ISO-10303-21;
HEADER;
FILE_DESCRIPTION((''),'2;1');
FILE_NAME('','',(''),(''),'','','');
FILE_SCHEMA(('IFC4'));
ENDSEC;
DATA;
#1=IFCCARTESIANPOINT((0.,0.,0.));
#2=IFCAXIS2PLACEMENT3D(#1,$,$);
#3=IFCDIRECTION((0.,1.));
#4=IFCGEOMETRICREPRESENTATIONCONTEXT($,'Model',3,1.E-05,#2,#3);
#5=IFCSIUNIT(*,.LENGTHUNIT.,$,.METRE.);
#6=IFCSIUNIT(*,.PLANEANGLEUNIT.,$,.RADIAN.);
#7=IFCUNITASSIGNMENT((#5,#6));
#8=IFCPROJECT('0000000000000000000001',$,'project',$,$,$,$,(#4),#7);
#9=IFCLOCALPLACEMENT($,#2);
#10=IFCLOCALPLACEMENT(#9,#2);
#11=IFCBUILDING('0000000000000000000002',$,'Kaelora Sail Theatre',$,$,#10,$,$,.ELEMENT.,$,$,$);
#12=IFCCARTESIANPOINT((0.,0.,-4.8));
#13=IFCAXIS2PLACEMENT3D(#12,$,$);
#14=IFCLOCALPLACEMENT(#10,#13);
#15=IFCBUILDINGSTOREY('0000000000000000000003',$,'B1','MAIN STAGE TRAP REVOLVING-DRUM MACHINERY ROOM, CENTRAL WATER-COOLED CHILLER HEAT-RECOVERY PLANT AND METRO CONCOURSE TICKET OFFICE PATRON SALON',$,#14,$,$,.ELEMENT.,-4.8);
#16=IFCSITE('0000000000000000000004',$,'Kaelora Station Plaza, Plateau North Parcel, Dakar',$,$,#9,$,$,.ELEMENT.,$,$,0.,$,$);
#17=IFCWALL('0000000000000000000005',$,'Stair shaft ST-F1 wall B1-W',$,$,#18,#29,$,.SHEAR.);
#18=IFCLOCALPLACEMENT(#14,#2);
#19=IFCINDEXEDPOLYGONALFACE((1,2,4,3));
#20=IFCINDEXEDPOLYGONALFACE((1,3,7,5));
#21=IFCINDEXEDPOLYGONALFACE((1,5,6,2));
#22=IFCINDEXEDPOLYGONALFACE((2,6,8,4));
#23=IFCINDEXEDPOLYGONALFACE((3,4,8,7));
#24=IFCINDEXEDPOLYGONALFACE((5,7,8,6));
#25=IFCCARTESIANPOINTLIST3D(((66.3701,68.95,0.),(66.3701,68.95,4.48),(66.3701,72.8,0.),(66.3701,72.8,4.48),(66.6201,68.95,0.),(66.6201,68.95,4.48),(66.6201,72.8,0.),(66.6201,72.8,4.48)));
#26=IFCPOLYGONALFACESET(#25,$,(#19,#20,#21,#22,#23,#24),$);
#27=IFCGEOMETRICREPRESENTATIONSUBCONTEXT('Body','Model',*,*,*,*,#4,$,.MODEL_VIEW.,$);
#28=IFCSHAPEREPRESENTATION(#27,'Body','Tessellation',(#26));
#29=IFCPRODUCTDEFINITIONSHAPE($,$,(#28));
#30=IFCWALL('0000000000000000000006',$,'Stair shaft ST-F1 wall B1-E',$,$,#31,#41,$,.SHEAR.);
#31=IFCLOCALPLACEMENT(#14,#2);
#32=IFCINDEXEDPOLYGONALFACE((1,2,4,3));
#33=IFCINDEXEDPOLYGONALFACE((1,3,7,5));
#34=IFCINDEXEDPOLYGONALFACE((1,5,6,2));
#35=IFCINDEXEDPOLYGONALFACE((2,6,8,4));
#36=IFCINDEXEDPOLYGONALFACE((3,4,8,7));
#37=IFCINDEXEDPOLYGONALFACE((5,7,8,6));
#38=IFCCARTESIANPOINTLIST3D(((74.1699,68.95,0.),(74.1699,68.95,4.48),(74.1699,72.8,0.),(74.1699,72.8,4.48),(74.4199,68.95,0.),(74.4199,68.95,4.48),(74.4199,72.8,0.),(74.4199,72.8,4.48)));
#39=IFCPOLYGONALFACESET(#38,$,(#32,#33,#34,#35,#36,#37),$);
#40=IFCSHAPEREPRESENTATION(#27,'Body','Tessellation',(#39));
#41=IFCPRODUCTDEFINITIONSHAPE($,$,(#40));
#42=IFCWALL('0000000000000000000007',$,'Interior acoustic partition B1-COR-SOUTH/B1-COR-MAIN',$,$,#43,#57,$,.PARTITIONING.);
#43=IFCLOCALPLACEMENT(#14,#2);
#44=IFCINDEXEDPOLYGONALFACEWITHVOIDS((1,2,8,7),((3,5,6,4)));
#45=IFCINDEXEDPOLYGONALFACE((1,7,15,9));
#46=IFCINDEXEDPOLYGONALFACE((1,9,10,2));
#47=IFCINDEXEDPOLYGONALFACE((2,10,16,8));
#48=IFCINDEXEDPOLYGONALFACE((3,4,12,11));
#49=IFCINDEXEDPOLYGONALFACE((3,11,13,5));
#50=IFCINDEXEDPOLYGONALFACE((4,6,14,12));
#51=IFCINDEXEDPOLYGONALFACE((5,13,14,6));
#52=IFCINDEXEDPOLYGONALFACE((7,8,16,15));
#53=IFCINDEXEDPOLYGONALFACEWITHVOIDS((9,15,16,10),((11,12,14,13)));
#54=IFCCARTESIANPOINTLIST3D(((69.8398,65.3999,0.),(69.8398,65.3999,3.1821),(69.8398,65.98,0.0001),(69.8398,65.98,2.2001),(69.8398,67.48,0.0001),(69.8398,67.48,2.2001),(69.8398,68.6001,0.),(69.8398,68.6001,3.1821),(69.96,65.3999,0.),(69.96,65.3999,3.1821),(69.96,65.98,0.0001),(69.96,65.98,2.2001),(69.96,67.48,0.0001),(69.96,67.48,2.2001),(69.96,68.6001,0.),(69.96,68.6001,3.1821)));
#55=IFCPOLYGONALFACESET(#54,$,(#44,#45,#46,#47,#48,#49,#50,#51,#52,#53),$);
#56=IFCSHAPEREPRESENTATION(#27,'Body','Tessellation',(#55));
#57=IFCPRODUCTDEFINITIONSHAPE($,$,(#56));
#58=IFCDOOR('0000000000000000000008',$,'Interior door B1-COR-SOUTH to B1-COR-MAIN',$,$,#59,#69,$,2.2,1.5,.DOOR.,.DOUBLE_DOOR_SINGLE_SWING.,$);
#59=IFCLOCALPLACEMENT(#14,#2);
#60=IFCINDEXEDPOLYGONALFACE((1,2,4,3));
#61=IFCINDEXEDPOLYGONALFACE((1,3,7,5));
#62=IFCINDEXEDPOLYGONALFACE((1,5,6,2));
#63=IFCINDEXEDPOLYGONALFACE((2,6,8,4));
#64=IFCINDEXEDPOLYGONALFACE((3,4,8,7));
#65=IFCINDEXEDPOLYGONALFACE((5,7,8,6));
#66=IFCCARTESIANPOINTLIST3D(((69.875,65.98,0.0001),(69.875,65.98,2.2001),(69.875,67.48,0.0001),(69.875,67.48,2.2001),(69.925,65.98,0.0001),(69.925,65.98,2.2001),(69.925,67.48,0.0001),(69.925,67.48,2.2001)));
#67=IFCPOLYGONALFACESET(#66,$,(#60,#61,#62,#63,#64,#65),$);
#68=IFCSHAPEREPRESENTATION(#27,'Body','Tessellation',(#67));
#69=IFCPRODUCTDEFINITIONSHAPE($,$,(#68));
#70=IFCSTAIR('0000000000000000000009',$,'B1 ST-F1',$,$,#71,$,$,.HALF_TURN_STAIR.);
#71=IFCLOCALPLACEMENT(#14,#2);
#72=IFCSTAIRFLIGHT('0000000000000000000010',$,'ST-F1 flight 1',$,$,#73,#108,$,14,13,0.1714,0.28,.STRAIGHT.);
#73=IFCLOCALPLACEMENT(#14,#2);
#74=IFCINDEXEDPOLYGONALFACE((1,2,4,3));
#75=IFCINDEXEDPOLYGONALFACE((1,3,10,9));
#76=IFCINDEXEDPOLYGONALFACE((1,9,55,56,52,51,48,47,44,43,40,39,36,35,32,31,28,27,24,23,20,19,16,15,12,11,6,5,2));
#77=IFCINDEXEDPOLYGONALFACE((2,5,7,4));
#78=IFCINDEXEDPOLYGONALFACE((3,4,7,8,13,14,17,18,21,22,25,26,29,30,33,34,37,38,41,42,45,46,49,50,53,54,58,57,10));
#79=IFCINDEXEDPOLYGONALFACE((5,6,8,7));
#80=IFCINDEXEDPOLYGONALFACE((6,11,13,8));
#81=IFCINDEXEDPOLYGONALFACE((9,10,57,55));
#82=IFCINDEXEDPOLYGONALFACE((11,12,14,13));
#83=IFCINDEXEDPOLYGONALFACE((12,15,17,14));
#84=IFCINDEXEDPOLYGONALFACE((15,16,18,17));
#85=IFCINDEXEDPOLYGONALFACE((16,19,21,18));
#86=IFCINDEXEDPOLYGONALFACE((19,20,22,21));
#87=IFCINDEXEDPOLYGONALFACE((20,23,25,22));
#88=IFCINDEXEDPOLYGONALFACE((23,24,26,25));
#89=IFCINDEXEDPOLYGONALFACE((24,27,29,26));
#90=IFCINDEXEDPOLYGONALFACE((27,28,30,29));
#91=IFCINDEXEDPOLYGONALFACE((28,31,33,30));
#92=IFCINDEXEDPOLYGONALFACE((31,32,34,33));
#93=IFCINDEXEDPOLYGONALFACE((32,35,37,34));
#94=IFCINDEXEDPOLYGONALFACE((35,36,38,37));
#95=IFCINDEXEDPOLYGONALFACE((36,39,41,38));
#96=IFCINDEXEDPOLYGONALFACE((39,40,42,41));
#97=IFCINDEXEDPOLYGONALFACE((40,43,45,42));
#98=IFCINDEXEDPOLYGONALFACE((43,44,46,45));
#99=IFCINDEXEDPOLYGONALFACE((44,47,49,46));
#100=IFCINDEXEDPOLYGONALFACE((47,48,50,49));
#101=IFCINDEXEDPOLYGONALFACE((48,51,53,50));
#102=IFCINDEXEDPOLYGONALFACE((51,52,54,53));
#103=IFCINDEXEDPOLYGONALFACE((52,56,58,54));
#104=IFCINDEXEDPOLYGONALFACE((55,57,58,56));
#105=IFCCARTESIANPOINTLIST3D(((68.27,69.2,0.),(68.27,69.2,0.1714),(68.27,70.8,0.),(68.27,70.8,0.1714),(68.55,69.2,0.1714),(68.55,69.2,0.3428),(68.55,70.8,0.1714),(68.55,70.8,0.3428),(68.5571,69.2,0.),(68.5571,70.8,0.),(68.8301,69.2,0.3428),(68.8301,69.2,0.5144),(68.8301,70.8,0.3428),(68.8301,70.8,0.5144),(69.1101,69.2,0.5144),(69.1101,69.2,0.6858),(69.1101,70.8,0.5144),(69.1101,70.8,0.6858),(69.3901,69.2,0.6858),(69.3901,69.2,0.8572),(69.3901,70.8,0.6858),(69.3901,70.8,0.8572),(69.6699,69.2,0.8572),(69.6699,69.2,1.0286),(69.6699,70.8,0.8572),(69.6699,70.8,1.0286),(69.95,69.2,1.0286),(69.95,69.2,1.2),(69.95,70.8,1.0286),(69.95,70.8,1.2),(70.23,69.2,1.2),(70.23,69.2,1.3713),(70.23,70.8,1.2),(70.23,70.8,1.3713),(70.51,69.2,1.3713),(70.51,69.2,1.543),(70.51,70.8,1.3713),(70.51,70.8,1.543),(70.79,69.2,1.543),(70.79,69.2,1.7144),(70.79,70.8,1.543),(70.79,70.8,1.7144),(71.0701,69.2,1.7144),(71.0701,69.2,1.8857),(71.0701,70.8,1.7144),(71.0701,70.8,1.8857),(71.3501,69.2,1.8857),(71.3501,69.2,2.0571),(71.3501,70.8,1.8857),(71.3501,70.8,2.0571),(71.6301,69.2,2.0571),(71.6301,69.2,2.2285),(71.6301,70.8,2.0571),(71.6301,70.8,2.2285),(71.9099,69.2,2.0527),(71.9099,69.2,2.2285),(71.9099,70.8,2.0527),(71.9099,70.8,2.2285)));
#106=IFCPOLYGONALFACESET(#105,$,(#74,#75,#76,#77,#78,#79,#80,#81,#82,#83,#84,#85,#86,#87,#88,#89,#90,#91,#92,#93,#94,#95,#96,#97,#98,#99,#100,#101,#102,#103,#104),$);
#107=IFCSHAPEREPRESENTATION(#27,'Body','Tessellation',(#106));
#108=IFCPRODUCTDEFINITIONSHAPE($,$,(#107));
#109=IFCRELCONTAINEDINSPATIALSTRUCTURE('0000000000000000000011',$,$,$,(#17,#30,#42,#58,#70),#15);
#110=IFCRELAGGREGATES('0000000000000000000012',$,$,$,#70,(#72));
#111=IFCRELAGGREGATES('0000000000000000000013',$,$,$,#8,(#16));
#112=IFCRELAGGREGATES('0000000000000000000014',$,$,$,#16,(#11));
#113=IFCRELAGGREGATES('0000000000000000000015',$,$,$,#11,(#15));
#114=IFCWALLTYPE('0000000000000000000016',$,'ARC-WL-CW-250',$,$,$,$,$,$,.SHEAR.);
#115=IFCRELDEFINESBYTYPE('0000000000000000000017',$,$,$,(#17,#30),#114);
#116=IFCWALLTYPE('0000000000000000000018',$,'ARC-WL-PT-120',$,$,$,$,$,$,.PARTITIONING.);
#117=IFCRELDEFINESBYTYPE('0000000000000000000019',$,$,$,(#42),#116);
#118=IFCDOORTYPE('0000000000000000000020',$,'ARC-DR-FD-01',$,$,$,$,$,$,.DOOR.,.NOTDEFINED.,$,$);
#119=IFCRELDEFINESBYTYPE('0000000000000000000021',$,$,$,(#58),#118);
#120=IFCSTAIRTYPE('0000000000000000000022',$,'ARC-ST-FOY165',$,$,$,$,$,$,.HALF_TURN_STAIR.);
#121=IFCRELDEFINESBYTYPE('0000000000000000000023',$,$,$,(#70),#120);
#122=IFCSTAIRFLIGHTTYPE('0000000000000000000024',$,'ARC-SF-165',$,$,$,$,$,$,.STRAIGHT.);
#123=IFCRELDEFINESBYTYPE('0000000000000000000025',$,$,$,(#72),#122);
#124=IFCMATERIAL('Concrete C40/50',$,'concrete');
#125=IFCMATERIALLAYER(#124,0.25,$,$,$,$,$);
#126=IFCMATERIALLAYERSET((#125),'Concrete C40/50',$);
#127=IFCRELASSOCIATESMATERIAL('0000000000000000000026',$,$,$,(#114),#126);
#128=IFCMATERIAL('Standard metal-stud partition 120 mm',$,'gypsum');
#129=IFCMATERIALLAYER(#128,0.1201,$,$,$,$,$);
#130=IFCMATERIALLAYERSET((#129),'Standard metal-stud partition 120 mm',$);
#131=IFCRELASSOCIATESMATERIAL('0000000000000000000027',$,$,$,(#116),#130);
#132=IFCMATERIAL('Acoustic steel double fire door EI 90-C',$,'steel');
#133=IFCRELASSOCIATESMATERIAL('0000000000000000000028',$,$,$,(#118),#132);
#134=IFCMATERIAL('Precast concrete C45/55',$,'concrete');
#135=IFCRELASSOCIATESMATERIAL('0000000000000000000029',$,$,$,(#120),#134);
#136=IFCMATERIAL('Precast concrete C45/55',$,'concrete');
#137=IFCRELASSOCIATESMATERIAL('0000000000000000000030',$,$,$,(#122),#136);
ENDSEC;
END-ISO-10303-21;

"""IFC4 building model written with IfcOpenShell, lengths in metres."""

from ifc_helpers import new_model, si_unit, direction, frame, frame_2d, origin, place, context, subcontext, project, spatial, polyline, rectangle, outline, extrude, material, layer, layer_set, type_object, element, fill, aggregate, save


model = new_model("IFC4")

# Units and contexts
model_context = context("Model", 3, precision=1e-05, world=origin(), true_north=direction((0.0, 1.0)))
body_context = subcontext(model_context, "Body", "Model", "MODEL_VIEW")
ifc_project = project(units=[si_unit("LENGTHUNIT", "METRE"), si_unit("PLANEANGLEUNIT", "RADIAN")], contexts=[model_context])

# Site, building, storey
site_placement = place(None, origin())
site = spatial("IfcSite", under=ifc_project, at=site_placement, Name="Kaelora Station Plaza, Plateau North Parcel, Dakar", CompositionType="ELEMENT", RefElevation=0.0)
building_placement = place(site_placement, origin())
building = spatial("IfcBuilding", under=site, at=building_placement, Name="Kaelora Sail Theatre", CompositionType="ELEMENT")
storey_placement = place(building_placement, frame((0.0, 0.0, -4.8)))
storey = spatial("IfcBuildingStorey", under=building, at=storey_placement, Name="B1", Description="MAIN STAGE TRAP REVOLVING-DRUM MACHINERY ROOM, CENTRAL WATER-COOLED CHILLER HEAT-RECOVERY PLANT AND METRO CONCOURSE TICKET OFFICE PATRON SALON", CompositionType="ELEMENT", Elevation=-4.8)

# Shared definitions
ifc_material_1 = material(Name="Concrete C40/50", Category="concrete")
ifc_layer_1 = layer(ifc_material_1, 0.25)
ifc_layer_set_1 = layer_set([ifc_layer_1], Name="Concrete C40/50")
wall_type_1 = type_object("IfcWallType", Name="ARC-WL-CW-250", PredefinedType="SHEAR", material=ifc_layer_set_1)

# Walls
for number, where, z_axis, x_axis, name in (
    (1, (66.4951, 68.95, 0.0), (0.0, 0.0, 1.0), (0.0, 1.0, 0.0), "Stair shaft ST-F1 wall B1-W"),
    (2, (74.2949, 68.95, 0.0), (0.0, 0.0, 1.0), (0.0, 1.0, 0.0), "Stair shaft ST-F1 wall B1-E"),
):
    element("IfcWall", number, at=place(storey_placement, frame(where, z_axis=z_axis, x_axis=x_axis)), inside=storey, type_object=wall_type_1, Name=name, PredefinedType="SHEAR", context=body_context, shape_type="SweptSolid", body=[
        extrude(rectangle(XDim=3.8501, YDim=0.25, at=frame_2d((1.925, 0.0))), origin(), (0.0, 0.0, 1.0), 4.48),
    ])

# Wall, opening, door
ifc_material_2 = material(Name="Standard metal-stud partition 120 mm", Category="gypsum")
ifc_layer_2 = layer(ifc_material_2, 0.1201)
ifc_layer_set_2 = layer_set([ifc_layer_2], Name="Standard metal-stud partition 120 mm")
wall_type_2 = type_object("IfcWallType", Name="ARC-WL-PT-120", PredefinedType="PARTITIONING", material=ifc_layer_set_2)
wall_1_placement = place(storey_placement, frame((69.8999, 65.3999, 0.0), z_axis=(0.0, 0.0, 1.0), x_axis=(0.0, 1.0, 0.0)))
wall_1 = element("IfcWall", 3, at=wall_1_placement, inside=storey, type_object=wall_type_2, Name="Interior acoustic partition B1-COR-SOUTH/B1-COR-MAIN", PredefinedType="PARTITIONING", context=body_context, shape_type="SweptSolid", body=[
    extrude(rectangle(XDim=3.2002, YDim=0.1201, at=frame_2d((1.6001, 0.0))), origin(), (0.0, 0.0, 1.0), 3.1821),
])
opening_1_placement = place(wall_1_placement, frame((0.5801, 0.0, 0.0)))
opening_1 = element("IfcOpeningElement", 4, at=opening_1_placement, cuts=wall_1, PredefinedType="OPENING", context=body_context, shape_type="SweptSolid", body=[
    extrude(rectangle(XDim=1.5, YDim=2.2, at=frame_2d((0.75, 1.1001))), frame((0.0, 0.0701, 0.0), z_axis=(0.0, -1.0, 0.0), x_axis=(1.0, 0.0, 0.0)), (0.0, 0.0, 1.0), 0.1401),
])
ifc_material_3 = material(Name="Acoustic steel double fire door EI 90-C", Category="steel")
door_type_1 = type_object("IfcDoorType", Name="ARC-DR-FD-01", OperationType="NOTDEFINED", PredefinedType="DOOR", material=ifc_material_3)
door_1_placement = place(opening_1_placement, origin())
door_1 = element("IfcDoor", 5, at=door_1_placement, inside=storey, type_object=door_type_1, Name="Interior door B1-COR-SOUTH to B1-COR-MAIN", OperationType="DOUBLE_DOOR_SINGLE_SWING", OverallHeight=2.2, OverallWidth=1.5, PredefinedType="DOOR", context=body_context, shape_type="SweptSolid", body=[
    extrude(rectangle(XDim=1.5, YDim=2.2, at=frame_2d((0.75, 1.1001))), frame((0.0, 0.0249, 0.0), z_axis=(0.0, -1.0, 0.0), x_axis=(1.0, 0.0, 0.0)), (0.0, 0.0, 1.0), 0.05),
])
fill(opening_1, door_1)

# Stair, stair flight
ifc_material_4 = material(Name="Precast concrete C45/55", Category="concrete")
stair_type = type_object("IfcStairType", Name="ARC-ST-FOY165", PredefinedType="HALF_TURN_STAIR", material=ifc_material_4)
stair_placement = place(storey_placement, origin())
stair = element("IfcStair", 6, at=stair_placement, inside=storey, type_object=stair_type, Name="B1 ST-F1", PredefinedType="HALF_TURN_STAIR")
ifc_material_5 = material(Name="Precast concrete C45/55", Category="concrete")
stair_flight_type = type_object("IfcStairFlightType", Name="ARC-SF-165", PredefinedType="STRAIGHT", material=ifc_material_5)
stair_flight_placement = place(storey_placement, frame((68.27, 70.0, 0.0), z_axis=(0.0, 0.0, 1.0), x_axis=(1.0, 0.0, 0.0)))
stair_flight = element("IfcStairFlight", 7, at=stair_flight_placement, type_object=stair_flight_type, Name="ST-F1 flight 1", NumberOfRisers=14, NumberOfTreads=13, PredefinedType="STRAIGHT", RiserHeight=0.1714, TreadLength=0.28, context=body_context, shape_type="SweptSolid", body=[
    extrude(outline(polyline([(0.0, 0.0), (0.0, 0.1714), (0.28, 0.1714), (0.28, 0.3428), (0.5601, 0.3428), (0.5601, 0.5144), (0.8401, 0.5144), (0.8401, 0.6858), (1.1201, 0.6858), (1.1201, 0.8572), (1.3999, 0.8572), (1.3999, 1.0286), (1.6799, 1.0286), (1.6799, 1.2), (1.96, 1.2), (1.96, 1.3713), (2.24, 1.3713), (2.24, 1.543), (2.52, 1.543), (2.52, 1.7144), (2.8, 1.7144), (2.8, 1.8857), (3.0801, 1.8857), (3.0801, 2.0571), (3.3601, 2.0571), (3.3601, 2.2285), (3.6399, 2.2285), (3.6399, 2.3999), (3.6399, 2.0527), (0.2871, 0.0), (0.0, 0.0)])), frame((0.0, 0.8, 0.0), z_axis=(0.0, -1.0, 0.0), x_axis=(1.0, 0.0, 0.0)), (0.0, 0.0, 1.0), 1.6001),
])
aggregate(stair, [stair_flight])

save(model, "model.ifc")
